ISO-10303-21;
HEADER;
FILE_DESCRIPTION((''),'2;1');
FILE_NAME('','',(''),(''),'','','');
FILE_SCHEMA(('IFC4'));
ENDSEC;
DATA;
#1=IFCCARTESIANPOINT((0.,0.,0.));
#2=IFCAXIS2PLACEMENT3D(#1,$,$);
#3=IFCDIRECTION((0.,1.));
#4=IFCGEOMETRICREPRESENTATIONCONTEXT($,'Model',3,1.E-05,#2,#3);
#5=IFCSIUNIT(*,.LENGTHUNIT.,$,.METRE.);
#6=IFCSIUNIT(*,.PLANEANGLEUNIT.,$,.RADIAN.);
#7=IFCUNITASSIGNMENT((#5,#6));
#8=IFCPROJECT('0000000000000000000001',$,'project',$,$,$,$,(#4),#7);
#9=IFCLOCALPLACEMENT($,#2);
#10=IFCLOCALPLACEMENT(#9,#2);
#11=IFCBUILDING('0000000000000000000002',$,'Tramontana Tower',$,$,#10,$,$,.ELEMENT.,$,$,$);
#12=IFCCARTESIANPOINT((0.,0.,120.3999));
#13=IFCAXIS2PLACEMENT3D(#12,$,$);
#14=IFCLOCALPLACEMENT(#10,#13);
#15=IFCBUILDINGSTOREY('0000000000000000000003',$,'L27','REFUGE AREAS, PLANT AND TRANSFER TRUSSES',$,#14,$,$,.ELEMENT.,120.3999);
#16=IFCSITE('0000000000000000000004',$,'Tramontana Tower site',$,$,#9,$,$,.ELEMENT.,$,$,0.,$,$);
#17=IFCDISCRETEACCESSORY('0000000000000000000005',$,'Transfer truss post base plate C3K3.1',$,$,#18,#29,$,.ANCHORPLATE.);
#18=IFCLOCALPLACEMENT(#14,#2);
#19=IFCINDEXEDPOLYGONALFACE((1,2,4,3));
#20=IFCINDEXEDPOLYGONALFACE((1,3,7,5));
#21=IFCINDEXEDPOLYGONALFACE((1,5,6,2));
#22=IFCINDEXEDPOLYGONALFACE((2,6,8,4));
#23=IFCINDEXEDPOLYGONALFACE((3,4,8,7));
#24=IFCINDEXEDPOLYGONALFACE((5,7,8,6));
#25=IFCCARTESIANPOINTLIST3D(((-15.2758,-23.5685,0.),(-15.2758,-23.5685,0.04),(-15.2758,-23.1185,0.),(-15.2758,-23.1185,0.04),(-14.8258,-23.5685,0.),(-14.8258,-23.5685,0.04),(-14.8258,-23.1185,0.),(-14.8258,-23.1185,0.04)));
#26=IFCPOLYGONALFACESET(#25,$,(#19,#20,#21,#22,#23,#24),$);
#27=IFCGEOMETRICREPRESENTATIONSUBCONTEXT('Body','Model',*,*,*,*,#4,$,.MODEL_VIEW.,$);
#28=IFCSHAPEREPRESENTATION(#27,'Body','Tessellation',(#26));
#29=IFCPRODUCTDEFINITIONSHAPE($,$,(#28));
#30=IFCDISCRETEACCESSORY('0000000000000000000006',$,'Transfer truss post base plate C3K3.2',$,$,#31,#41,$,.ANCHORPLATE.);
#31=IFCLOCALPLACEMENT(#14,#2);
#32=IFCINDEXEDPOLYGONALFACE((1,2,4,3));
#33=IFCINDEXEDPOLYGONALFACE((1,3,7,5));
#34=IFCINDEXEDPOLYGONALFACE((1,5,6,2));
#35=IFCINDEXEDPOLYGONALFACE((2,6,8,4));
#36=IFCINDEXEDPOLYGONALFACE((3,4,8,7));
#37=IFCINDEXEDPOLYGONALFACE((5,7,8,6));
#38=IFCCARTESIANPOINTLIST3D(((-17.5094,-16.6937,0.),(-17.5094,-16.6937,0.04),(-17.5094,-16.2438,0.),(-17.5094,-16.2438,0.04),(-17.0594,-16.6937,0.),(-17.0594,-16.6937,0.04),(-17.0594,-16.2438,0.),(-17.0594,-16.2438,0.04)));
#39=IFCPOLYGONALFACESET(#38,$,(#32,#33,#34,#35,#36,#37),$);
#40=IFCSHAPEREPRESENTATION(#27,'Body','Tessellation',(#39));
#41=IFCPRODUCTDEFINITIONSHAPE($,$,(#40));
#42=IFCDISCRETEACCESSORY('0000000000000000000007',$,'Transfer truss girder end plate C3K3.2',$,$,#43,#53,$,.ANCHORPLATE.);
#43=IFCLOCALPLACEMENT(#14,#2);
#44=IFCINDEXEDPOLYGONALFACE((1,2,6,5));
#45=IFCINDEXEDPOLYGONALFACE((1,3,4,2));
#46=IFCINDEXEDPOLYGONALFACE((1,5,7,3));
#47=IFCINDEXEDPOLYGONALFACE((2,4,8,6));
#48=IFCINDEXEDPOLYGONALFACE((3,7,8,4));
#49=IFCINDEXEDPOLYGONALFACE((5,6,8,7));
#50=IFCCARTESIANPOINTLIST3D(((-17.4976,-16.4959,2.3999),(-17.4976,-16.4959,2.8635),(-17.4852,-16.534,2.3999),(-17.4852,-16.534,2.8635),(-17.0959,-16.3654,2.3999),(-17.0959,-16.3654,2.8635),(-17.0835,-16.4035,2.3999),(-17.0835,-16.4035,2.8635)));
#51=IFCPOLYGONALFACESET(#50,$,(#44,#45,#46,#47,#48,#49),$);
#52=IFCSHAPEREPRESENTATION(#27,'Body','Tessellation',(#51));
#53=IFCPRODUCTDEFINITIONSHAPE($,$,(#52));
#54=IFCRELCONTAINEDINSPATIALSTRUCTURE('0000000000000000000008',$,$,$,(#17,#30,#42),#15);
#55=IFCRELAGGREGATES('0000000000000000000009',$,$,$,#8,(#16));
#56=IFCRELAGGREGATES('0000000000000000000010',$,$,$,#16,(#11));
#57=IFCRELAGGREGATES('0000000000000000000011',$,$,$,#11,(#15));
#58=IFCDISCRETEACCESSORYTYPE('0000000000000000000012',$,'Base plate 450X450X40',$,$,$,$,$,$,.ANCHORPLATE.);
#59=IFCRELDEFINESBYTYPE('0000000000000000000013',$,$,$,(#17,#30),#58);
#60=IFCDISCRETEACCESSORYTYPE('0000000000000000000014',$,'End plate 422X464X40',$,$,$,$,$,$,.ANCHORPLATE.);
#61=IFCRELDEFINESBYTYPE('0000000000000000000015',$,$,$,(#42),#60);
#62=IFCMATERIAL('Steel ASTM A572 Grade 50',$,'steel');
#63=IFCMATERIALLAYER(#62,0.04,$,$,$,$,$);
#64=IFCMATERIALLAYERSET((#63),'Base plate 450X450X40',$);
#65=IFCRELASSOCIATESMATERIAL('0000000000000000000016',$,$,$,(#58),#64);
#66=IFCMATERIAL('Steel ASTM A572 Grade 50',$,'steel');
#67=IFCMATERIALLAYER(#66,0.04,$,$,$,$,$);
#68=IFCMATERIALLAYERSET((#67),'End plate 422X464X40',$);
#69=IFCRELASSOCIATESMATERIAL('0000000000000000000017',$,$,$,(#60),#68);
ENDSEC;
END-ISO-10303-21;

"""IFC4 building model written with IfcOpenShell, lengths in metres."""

from ifc_helpers import new_model, si_unit, direction, frame, origin, origin_2d, place, context, subcontext, project, spatial, rectangle, extrude, material, layer, layer_set, type_object, element, save


model = new_model("IFC4")

# Units and contexts
model_context = context("Model", 3, precision=1e-05, world=origin(), true_north=direction((0.0, 1.0)))
body_context = subcontext(model_context, "Body", "Model", "MODEL_VIEW")
ifc_project = project(units=[si_unit("LENGTHUNIT", "METRE"), si_unit("PLANEANGLEUNIT", "RADIAN")], contexts=[model_context])

# Site, building, storey
site_placement = place(None, origin())
site = spatial("IfcSite", under=ifc_project, at=site_placement, Name="Tramontana Tower site", CompositionType="ELEMENT", RefElevation=0.0)
building_placement = place(site_placement, origin())
building = spatial("IfcBuilding", under=site, at=building_placement, Name="Tramontana Tower", CompositionType="ELEMENT")
storey_placement = place(building_placement, frame((0.0, 0.0, 120.3999)))
storey = spatial("IfcBuildingStorey", under=building, at=storey_placement, Name="L27", Description="REFUGE AREAS, PLANT AND TRANSFER TRUSSES", CompositionType="ELEMENT", Elevation=120.3999)

# Discrete accessories
ifc_material_1 = material(Name="Steel ASTM A572 Grade 50", Category="steel")
ifc_layer_1 = layer(ifc_material_1, 0.04)
ifc_layer_set_1 = layer_set([ifc_layer_1], Name="Base plate 450X450X40")
discrete_accessory_type_1 = type_object("IfcDiscreteAccessoryType", Name="Base plate 450X450X40", PredefinedType="ANCHORPLATE", material=ifc_layer_set_1)
for number, where, z_axis, x_axis, name in (
    (1, (-15.0508, -23.3435, 0.0), (0.0, 0.0, 1.0), (1.0, 0.0, 0.0), "Transfer truss post base plate C3K3.1"),
    (2, (-17.2844, -16.4688, 0.0), (0.0, 0.0, 1.0), (1.0, 0.0, 0.0), "Transfer truss post base plate C3K3.2"),
):
    element("IfcDiscreteAccessory", number, at=place(storey_placement, frame(where, z_axis=z_axis, x_axis=x_axis)), inside=storey, type_object=discrete_accessory_type_1, Name=name, PredefinedType="ANCHORPLATE", context=body_context, shape_type="SweptSolid", body=[
        extrude(rectangle(XDim=0.45, YDim=0.45, at=origin_2d()), origin(), (0.0, 0.0, 1.0), 0.04),
    ])
ifc_material_2 = material(Name="Steel ASTM A572 Grade 50", Category="steel")
ifc_layer_2 = layer(ifc_material_2, 0.04)
ifc_layer_set_2 = layer_set([ifc_layer_2], Name="End plate 422X464X40")
discrete_accessory_type_2 = type_object("IfcDiscreteAccessoryType", Name="End plate 422X464X40", PredefinedType="ANCHORPLATE", material=ifc_layer_set_2)
discrete_accessory_placement = place(storey_placement, frame((-17.2905, -16.4497, 2.3999), z_axis=(0.0, 0.0, 1.0), x_axis=(0.951057, 0.309017, 0.0)))
element("IfcDiscreteAccessory", 3, at=discrete_accessory_placement, inside=storey, type_object=discrete_accessory_type_2, Name="Transfer truss girder end plate C3K3.2", PredefinedType="ANCHORPLATE", context=body_context, shape_type="SweptSolid", body=[
    extrude(rectangle(XDim=0.4224, YDim=0.04, at=origin_2d()), origin(), (0.0, 0.0, 1.0), 0.4636),
])

save(model, "model.ifc")
